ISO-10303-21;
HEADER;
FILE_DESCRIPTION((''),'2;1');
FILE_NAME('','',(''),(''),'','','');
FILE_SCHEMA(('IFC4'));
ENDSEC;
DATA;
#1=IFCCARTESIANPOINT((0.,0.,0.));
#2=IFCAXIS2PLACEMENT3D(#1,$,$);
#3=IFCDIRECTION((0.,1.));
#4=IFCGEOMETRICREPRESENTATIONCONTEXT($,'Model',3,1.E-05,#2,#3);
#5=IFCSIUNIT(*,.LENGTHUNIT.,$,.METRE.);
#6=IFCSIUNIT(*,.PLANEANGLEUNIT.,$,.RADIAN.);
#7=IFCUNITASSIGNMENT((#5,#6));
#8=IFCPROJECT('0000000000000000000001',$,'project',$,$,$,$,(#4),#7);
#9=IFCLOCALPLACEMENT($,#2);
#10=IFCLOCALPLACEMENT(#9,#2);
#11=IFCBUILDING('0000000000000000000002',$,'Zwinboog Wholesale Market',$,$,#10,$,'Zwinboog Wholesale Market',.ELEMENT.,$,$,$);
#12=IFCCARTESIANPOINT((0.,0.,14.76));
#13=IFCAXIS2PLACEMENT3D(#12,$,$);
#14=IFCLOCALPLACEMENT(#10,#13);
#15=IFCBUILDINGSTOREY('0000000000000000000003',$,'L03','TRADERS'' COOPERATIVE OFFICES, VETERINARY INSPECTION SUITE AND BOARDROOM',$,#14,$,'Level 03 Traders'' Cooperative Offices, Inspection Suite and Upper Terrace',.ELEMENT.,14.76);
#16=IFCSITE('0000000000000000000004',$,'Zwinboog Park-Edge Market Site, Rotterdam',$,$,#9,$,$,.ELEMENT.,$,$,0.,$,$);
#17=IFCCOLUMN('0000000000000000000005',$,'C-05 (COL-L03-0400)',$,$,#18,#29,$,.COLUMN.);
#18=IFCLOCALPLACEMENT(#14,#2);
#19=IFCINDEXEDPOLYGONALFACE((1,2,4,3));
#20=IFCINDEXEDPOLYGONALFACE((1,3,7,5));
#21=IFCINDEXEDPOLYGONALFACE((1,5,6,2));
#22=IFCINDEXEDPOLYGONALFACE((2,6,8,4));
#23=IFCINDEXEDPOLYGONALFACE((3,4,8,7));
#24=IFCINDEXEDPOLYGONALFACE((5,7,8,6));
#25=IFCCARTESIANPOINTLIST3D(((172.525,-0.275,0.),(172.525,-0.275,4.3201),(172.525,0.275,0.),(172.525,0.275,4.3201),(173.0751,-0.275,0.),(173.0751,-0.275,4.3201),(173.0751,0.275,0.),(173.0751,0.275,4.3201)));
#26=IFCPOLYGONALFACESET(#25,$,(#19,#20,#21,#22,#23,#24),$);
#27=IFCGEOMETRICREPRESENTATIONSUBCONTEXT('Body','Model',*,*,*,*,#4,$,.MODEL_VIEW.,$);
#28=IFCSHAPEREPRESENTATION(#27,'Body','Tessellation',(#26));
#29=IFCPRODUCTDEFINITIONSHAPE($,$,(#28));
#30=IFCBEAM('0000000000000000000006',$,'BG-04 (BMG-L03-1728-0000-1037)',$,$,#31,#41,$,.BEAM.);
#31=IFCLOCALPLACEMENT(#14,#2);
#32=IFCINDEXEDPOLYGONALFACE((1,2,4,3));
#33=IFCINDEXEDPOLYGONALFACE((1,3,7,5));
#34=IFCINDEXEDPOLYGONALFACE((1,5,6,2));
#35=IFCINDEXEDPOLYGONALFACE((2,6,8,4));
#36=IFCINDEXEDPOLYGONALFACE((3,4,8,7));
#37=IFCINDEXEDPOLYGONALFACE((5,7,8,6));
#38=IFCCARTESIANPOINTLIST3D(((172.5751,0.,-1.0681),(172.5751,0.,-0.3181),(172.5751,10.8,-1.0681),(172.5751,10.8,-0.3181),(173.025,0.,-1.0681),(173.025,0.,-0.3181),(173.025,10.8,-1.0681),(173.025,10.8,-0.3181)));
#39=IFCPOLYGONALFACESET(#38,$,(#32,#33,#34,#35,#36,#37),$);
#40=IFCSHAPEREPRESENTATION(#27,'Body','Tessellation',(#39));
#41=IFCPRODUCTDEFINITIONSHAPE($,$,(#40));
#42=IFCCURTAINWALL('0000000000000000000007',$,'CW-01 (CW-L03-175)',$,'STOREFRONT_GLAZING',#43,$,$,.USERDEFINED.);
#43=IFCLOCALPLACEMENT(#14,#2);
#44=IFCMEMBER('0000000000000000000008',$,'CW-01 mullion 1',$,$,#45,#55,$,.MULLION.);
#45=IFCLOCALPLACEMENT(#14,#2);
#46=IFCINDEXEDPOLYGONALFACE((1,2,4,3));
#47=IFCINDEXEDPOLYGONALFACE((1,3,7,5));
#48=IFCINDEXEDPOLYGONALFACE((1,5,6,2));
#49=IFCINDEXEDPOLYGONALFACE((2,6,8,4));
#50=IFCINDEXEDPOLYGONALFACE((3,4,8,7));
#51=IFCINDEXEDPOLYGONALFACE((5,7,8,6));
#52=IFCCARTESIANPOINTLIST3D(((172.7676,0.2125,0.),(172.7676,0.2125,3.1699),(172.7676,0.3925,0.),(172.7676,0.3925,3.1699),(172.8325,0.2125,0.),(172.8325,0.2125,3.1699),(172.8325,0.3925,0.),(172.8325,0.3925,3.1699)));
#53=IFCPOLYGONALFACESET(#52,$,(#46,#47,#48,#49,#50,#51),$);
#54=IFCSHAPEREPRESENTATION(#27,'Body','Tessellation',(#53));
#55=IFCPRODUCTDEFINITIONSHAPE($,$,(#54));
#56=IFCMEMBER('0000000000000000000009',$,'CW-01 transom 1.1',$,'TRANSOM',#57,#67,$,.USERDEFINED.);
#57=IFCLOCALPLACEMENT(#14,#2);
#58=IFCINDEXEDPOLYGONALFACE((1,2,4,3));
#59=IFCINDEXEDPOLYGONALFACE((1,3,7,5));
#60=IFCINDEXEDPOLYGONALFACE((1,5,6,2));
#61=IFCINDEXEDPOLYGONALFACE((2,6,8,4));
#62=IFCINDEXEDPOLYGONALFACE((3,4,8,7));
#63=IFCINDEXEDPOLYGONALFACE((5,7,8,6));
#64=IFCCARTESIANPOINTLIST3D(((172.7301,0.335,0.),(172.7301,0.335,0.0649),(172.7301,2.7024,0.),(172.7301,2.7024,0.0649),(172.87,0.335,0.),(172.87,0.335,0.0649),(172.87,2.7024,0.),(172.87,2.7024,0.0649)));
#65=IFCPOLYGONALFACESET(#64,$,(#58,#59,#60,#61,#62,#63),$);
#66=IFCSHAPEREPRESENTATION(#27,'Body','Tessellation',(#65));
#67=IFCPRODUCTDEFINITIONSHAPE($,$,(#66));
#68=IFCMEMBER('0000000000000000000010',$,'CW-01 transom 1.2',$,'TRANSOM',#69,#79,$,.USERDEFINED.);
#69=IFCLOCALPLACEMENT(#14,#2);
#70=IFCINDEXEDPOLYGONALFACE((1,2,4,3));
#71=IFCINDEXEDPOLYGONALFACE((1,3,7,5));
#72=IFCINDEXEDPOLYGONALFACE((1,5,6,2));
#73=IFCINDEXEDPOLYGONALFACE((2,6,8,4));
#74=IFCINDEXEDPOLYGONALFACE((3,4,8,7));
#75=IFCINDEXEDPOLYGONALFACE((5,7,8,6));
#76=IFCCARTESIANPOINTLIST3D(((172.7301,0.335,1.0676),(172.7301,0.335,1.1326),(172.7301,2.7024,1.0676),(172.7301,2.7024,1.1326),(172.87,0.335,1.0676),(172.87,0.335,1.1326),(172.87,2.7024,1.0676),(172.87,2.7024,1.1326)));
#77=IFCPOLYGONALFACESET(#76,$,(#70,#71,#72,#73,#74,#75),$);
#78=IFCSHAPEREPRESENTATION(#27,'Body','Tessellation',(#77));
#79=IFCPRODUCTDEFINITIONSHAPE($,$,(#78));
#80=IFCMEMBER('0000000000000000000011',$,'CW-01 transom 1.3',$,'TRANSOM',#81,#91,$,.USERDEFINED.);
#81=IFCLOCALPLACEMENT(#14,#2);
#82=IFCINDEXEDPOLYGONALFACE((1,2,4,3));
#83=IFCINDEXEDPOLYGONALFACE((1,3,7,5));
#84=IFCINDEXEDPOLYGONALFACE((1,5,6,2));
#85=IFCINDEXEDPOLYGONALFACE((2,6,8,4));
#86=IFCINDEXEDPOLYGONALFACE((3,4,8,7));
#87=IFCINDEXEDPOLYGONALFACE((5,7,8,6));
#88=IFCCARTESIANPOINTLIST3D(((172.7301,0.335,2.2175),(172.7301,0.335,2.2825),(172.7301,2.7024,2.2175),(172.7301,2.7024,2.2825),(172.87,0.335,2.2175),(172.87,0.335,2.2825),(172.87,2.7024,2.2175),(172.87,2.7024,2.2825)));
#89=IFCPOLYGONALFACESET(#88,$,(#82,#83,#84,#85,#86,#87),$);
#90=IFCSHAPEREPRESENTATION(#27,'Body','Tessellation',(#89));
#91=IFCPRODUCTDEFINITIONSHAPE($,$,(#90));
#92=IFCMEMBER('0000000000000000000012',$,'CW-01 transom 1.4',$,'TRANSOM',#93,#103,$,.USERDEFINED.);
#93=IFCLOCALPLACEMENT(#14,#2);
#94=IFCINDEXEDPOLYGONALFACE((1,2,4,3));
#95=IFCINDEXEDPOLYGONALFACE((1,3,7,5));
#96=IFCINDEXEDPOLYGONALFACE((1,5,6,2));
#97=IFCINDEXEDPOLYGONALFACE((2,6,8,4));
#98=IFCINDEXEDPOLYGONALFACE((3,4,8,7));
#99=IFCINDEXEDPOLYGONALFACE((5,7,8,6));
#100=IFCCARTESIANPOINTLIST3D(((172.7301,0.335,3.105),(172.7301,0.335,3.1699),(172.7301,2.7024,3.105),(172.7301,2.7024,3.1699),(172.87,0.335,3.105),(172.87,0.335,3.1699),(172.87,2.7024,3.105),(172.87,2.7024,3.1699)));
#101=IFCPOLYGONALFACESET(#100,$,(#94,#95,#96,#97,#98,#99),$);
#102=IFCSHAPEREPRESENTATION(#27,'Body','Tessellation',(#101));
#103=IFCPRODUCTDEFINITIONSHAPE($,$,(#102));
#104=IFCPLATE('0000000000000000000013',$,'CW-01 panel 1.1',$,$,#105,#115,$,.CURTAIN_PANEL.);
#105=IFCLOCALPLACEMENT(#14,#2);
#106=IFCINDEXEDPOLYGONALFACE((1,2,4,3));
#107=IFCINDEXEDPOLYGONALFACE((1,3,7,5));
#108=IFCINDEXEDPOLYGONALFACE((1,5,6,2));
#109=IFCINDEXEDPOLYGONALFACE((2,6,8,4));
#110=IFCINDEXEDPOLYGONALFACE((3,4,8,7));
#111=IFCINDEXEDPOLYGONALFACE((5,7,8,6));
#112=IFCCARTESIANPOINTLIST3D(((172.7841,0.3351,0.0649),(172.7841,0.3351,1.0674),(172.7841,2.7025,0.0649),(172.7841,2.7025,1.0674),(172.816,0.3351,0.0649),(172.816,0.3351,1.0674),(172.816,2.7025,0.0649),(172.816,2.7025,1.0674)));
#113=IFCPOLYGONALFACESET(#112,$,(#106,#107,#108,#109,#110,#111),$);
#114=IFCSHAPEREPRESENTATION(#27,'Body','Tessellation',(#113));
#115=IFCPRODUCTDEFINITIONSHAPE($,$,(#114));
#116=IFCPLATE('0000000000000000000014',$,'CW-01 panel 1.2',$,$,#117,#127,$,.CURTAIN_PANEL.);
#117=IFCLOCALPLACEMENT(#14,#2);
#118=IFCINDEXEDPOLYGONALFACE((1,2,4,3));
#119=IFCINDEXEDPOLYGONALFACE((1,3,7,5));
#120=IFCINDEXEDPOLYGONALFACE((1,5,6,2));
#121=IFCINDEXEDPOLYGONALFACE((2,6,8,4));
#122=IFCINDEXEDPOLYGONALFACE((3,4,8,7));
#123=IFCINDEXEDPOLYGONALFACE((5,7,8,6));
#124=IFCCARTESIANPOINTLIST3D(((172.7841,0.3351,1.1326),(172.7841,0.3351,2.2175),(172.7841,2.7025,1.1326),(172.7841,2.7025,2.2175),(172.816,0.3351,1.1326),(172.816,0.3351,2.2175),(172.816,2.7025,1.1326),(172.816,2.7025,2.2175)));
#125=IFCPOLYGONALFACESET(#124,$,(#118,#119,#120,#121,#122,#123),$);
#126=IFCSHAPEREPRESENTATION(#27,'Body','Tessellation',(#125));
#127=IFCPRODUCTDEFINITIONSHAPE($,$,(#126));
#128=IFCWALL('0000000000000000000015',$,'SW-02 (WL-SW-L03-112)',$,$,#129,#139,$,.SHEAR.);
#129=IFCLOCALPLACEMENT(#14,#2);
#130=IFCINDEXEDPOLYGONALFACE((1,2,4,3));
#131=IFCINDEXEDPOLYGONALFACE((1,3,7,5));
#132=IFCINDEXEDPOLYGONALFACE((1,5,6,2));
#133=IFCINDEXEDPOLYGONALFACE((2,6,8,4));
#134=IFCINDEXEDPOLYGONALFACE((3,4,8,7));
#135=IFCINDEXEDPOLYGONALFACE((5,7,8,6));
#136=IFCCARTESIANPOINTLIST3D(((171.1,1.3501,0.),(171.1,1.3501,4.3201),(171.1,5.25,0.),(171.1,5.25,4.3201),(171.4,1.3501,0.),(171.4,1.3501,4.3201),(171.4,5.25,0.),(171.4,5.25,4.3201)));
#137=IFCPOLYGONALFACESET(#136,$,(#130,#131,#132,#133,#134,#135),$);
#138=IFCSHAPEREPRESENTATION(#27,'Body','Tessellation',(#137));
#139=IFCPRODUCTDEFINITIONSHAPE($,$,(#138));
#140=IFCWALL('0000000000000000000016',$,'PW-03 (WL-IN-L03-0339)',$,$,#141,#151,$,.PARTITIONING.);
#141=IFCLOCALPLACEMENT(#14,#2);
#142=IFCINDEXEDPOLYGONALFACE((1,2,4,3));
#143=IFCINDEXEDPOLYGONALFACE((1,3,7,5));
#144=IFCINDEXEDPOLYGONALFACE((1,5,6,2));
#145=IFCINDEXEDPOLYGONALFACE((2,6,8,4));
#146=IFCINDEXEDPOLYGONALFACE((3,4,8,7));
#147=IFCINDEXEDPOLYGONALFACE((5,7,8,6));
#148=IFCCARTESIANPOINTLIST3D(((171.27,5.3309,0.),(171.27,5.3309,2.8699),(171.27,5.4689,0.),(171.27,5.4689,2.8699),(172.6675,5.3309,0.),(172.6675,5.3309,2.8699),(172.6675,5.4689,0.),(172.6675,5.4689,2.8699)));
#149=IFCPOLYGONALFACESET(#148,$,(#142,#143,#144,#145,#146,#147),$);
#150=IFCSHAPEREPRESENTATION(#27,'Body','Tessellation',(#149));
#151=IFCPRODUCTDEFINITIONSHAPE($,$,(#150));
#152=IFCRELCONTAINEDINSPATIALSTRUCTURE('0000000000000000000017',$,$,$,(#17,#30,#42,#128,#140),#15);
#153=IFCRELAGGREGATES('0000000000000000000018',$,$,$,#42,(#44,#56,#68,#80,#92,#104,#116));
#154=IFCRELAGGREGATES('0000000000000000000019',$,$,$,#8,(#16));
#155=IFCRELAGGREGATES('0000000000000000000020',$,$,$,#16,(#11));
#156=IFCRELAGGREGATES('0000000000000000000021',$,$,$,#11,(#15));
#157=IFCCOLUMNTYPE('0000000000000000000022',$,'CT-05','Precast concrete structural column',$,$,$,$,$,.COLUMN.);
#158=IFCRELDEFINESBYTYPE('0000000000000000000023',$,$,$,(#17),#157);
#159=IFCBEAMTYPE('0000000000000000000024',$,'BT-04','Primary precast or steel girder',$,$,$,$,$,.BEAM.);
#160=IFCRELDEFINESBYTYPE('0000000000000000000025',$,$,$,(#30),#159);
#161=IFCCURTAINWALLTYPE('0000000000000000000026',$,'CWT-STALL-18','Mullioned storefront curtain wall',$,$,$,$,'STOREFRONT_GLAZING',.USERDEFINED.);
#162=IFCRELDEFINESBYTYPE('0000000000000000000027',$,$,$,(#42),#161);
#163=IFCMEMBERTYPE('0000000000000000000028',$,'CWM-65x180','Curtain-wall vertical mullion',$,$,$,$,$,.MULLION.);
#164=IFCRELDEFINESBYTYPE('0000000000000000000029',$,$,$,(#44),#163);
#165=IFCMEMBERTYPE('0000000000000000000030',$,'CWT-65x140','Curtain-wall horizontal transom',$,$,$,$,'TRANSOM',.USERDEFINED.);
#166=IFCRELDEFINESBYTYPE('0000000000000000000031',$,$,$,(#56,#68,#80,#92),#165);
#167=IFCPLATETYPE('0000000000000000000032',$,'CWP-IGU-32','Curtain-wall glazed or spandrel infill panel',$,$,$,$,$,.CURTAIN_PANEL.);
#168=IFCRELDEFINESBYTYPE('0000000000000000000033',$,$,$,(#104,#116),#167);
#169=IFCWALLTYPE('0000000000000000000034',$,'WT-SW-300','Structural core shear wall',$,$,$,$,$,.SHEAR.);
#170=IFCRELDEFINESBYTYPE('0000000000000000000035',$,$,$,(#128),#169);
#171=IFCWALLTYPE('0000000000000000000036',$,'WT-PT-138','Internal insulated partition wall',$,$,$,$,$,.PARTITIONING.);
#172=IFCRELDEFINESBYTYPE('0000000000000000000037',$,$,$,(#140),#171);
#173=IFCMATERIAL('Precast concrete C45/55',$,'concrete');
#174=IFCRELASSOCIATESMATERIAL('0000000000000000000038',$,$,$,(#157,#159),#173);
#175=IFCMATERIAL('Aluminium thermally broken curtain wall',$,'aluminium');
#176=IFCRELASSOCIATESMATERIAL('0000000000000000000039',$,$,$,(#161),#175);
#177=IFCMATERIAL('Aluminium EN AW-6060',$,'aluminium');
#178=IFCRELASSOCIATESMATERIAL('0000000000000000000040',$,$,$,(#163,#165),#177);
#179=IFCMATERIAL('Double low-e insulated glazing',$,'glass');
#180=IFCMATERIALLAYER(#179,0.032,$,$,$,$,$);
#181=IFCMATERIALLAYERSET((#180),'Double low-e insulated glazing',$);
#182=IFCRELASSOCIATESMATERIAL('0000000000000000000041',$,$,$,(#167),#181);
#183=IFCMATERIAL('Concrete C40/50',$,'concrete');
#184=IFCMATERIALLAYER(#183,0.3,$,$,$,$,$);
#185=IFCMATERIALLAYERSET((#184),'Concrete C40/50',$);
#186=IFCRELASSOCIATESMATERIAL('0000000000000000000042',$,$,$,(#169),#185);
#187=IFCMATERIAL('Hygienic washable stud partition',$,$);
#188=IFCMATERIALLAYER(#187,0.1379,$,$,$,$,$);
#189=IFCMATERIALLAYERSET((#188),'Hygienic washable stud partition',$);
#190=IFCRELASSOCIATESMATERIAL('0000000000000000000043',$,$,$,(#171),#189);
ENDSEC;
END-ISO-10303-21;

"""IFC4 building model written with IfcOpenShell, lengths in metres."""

from ifc_helpers import new_model, si_unit, direction, frame, frame_2d, origin, origin_2d, place, context, subcontext, project, spatial, rectangle, extrude, material, layer, layer_set, material_profile, profile_set, type_object, element, aggregate, save


model = new_model("IFC4")

# Units and contexts
model_context = context("Model", 3, precision=1e-05, world=origin(), true_north=direction((0.0, 1.0)))
body_context = subcontext(model_context, "Body", "Model", "MODEL_VIEW")
ifc_project = project(units=[si_unit("LENGTHUNIT", "METRE"), si_unit("PLANEANGLEUNIT", "RADIAN")], contexts=[model_context])

# Site, building, storey
site_placement = place(None, origin())
site = spatial("IfcSite", under=ifc_project, at=site_placement, Name="Zwinboog Park-Edge Market Site, Rotterdam", CompositionType="ELEMENT", RefElevation=0.0)
building_placement = place(site_placement, origin())
building = spatial("IfcBuilding", under=site, at=building_placement, Name="Zwinboog Wholesale Market", LongName="Zwinboog Wholesale Market", CompositionType="ELEMENT")
storey_placement = place(building_placement, frame((0.0, 0.0, 14.76)))
storey = spatial("IfcBuildingStorey", under=building, at=storey_placement, Name="L03", Description="TRADERS' COOPERATIVE OFFICES, VETERINARY INSPECTION SUITE AND BOARDROOM", LongName="Level 03 Traders' Cooperative Offices, Inspection Suite and Upper Terrace", CompositionType="ELEMENT", Elevation=14.76)

# Column
ifc_material_1 = material(Name="Precast concrete C45/55", Category="concrete")
ifc_material_profile_1 = material_profile(ifc_material_1, rectangle(XDim=0.55, YDim=0.55, at=origin_2d()), Name="PC 550x550")
ifc_profile_set_1 = profile_set([ifc_material_profile_1], Name="Precast concrete C45/55")
column_type = type_object("IfcColumnType", Name="CT-05", Description="Precast concrete structural column", PredefinedType="COLUMN", material=ifc_profile_set_1)
column_placement = place(storey_placement, frame((172.8, 0.0, 0.0), z_axis=(0.0, 0.0, 1.0), x_axis=(1.0, 0.0, 0.0)))
element("IfcColumn", 1, at=column_placement, inside=storey, type_object=column_type, Name="C-05 (COL-L03-0400)", PredefinedType="COLUMN", context=body_context, shape_type="SweptSolid", body=[
    extrude(rectangle(XDim=0.55, YDim=0.55, at=origin_2d()), origin(), (0.0, 0.0, 1.0), 4.3201),
])

# Beam
ifc_material_profile_2 = material_profile(ifc_material_1, rectangle(XDim=0.45, YDim=0.75, at=origin_2d()), Name="PC 450x750")
ifc_profile_set_2 = profile_set([ifc_material_profile_2], Name="Precast concrete C45/55")
beam_type = type_object("IfcBeamType", Name="BT-04", Description="Primary precast or steel girder", PredefinedType="BEAM", material=ifc_profile_set_2)
beam_placement = place(storey_placement, frame((172.8, 0.0, -0.6931), z_axis=(0.0, 1.0, 0.0), x_axis=(-1.0, 0.0, 0.0)))
element("IfcBeam", 2, at=beam_placement, inside=storey, type_object=beam_type, Name="BG-04 (BMG-L03-1728-0000-1037)", PredefinedType="BEAM", context=body_context, shape_type="SweptSolid", body=[
    extrude(rectangle(XDim=0.45, YDim=0.75, at=origin_2d()), origin(), (0.0, 0.0, 1.0), 10.8),
])

# Curtain wall, members, plates
ifc_material_2 = material(Name="Aluminium thermally broken curtain wall", Category="aluminium")
curtain_wall_type = type_object("IfcCurtainWallType", Name="CWT-STALL-18", Description="Mullioned storefront curtain wall", ElementType="STOREFRONT_GLAZING", PredefinedType="USERDEFINED", material=ifc_material_2)
curtain_wall_placement = place(storey_placement, origin())
curtain_wall = element("IfcCurtainWall", 3, at=curtain_wall_placement, inside=storey, type_object=curtain_wall_type, Name="CW-01 (CW-L03-175)", ObjectType="STOREFRONT_GLAZING", PredefinedType="USERDEFINED")
ifc_material_3 = material(Name="Aluminium EN AW-6060", Category="aluminium")
ifc_material_profile_3 = material_profile(ifc_material_3, rectangle(XDim=0.0649, YDim=0.1799, at=origin_2d()), Name="AL 65x180")
ifc_profile_set_3 = profile_set([ifc_material_profile_3], Name="Aluminium EN AW-6060")
member_type_1 = type_object("IfcMemberType", Name="CWM-65x180", Description="Curtain-wall vertical mullion", PredefinedType="MULLION", material=ifc_profile_set_3)
member_1_placement = place(storey_placement, frame((172.8, 0.3025, 0.0), z_axis=(0.0, 0.0, 1.0), x_axis=(-1.0, 0.0, 0.0)))
member_1 = element("IfcMember", 4, at=member_1_placement, type_object=member_type_1, Name="CW-01 mullion 1", PredefinedType="MULLION", context=body_context, shape_type="SweptSolid", body=[
    extrude(rectangle(XDim=0.0649, YDim=0.1799, at=origin_2d()), origin(), (0.0, 0.0, 1.0), 3.1699),
])
ifc_material_profile_4 = material_profile(ifc_material_3, rectangle(XDim=0.1399, YDim=0.0649, at=origin_2d()), Name="AL 65x140")
ifc_profile_set_4 = profile_set([ifc_material_profile_4], Name="Aluminium EN AW-6060")
member_type_2 = type_object("IfcMemberType", Name="CWT-65x140", Description="Curtain-wall horizontal transom", ElementType="TRANSOM", PredefinedType="USERDEFINED", material=ifc_profile_set_4)
member_2_placement = place(storey_placement, frame((172.8, 0.335, 0.0325), z_axis=(0.0, 1.0, 0.0), x_axis=(-1.0, 0.0, 0.0)))
member_2 = element("IfcMember", 5, at=member_2_placement, type_object=member_type_2, Name="CW-01 transom 1.1", ObjectType="TRANSOM", PredefinedType="USERDEFINED", context=body_context, shape_type="SweptSolid", body=[
    extrude(rectangle(XDim=0.1399, YDim=0.0649, at=origin_2d()), origin(), (0.0, 0.0, 1.0), 2.3674),
])
member_3_placement = place(storey_placement, frame((172.8, 0.335, 1.1001), z_axis=(0.0, 1.0, 0.0), x_axis=(-1.0, 0.0, 0.0)))
member_3 = element("IfcMember", 6, at=member_3_placement, type_object=member_type_2, Name="CW-01 transom 1.2", ObjectType="TRANSOM", PredefinedType="USERDEFINED", context=body_context, shape_type="SweptSolid", body=[
    extrude(rectangle(XDim=0.1399, YDim=0.0649, at=origin_2d()), origin(), (0.0, 0.0, 1.0), 2.3674),
])
member_4_placement = place(storey_placement, frame((172.8, 0.335, 2.25), z_axis=(0.0, 1.0, 0.0), x_axis=(-1.0, 0.0, 0.0)))
member_4 = element("IfcMember", 7, at=member_4_placement, type_object=member_type_2, Name="CW-01 transom 1.3", ObjectType="TRANSOM", PredefinedType="USERDEFINED", context=body_context, shape_type="SweptSolid", body=[
    extrude(rectangle(XDim=0.1399, YDim=0.0649, at=origin_2d()), origin(), (0.0, 0.0, 1.0), 2.3674),
])
member_5_placement = place(storey_placement, frame((172.8, 0.335, 3.1375), z_axis=(0.0, 1.0, 0.0), x_axis=(-1.0, 0.0, 0.0)))
member_5 = element("IfcMember", 8, at=member_5_placement, type_object=member_type_2, Name="CW-01 transom 1.4", ObjectType="TRANSOM", PredefinedType="USERDEFINED", context=body_context, shape_type="SweptSolid", body=[
    extrude(rectangle(XDim=0.1399, YDim=0.0649, at=origin_2d()), origin(), (0.0, 0.0, 1.0), 2.3674),
])
ifc_material_4 = material(Name="Double low-e insulated glazing", Category="glass")
ifc_layer_1 = layer(ifc_material_4, 0.032)
ifc_layer_set_1 = layer_set([ifc_layer_1], Name="Double low-e insulated glazing")
plate_type = type_object("IfcPlateType", Name="CWP-IGU-32", Description="Curtain-wall glazed or spandrel infill panel", PredefinedType="CURTAIN_PANEL", material=ifc_layer_set_1)
plate_1_placement = place(storey_placement, frame((172.8, 1.5188, 0.0649), z_axis=(0.0, 0.0, 1.0), x_axis=(0.0, 1.0, 0.0)))
plate_1 = element("IfcPlate", 9, at=plate_1_placement, type_object=plate_type, Name="CW-01 panel 1.1", PredefinedType="CURTAIN_PANEL", context=body_context, shape_type="SweptSolid", body=[
    extrude(rectangle(XDim=2.3674, YDim=0.032, at=origin_2d()), origin(), (0.0, 0.0, 1.0), 1.0024),
])
plate_2_placement = place(storey_placement, frame((172.8, 1.5188, 1.1326), z_axis=(0.0, 0.0, 1.0), x_axis=(0.0, 1.0, 0.0)))
plate_2 = element("IfcPlate", 10, at=plate_2_placement, type_object=plate_type, Name="CW-01 panel 1.2", PredefinedType="CURTAIN_PANEL", context=body_context, shape_type="SweptSolid", body=[
    extrude(rectangle(XDim=2.3674, YDim=0.032, at=origin_2d()), origin(), (0.0, 0.0, 1.0), 1.085),
])
aggregate(curtain_wall, [member_1, member_2, member_3, member_4, member_5, plate_1, plate_2])

# Walls
ifc_material_5 = material(Name="Concrete C40/50", Category="concrete")
ifc_layer_2 = layer(ifc_material_5, 0.3)
ifc_layer_set_2 = layer_set([ifc_layer_2], Name="Concrete C40/50")
wall_type_1 = type_object("IfcWallType", Name="WT-SW-300", Description="Structural core shear wall", PredefinedType="SHEAR", material=ifc_layer_set_2)
wall_1_placement = place(storey_placement, frame((171.25, 1.3501, 0.0), z_axis=(0.0, 0.0, 1.0), x_axis=(0.0, 1.0, 0.0)))
element("IfcWall", 11, at=wall_1_placement, inside=storey, type_object=wall_type_1, Name="SW-02 (WL-SW-L03-112)", PredefinedType="SHEAR", context=body_context, shape_type="SweptSolid", body=[
    extrude(rectangle(XDim=3.8999, YDim=0.3, at=frame_2d((1.95, 0.0))), origin(), (0.0, 0.0, 1.0), 4.3201),
])
ifc_material_6 = material(Name="Hygienic washable stud partition")
ifc_layer_3 = layer(ifc_material_6, 0.1379)
ifc_layer_set_3 = layer_set([ifc_layer_3], Name="Hygienic washable stud partition")
wall_type_2 = type_object("IfcWallType", Name="WT-PT-138", Description="Internal insulated partition wall", PredefinedType="PARTITIONING", material=ifc_layer_set_3)
wall_2_placement = place(storey_placement, frame((171.27, 5.3999, 0.0), z_axis=(0.0, 0.0, 1.0), x_axis=(1.0, 0.0, 0.0)))
element("IfcWall", 12, at=wall_2_placement, inside=storey, type_object=wall_type_2, Name="PW-03 (WL-IN-L03-0339)", PredefinedType="PARTITIONING", context=body_context, shape_type="SweptSolid", body=[
    extrude(rectangle(XDim=1.3975, YDim=0.1379, at=frame_2d((0.6987, 0.0))), origin(), (0.0, 0.0, 1.0), 2.8699),
])

save(model, "model.ifc")
